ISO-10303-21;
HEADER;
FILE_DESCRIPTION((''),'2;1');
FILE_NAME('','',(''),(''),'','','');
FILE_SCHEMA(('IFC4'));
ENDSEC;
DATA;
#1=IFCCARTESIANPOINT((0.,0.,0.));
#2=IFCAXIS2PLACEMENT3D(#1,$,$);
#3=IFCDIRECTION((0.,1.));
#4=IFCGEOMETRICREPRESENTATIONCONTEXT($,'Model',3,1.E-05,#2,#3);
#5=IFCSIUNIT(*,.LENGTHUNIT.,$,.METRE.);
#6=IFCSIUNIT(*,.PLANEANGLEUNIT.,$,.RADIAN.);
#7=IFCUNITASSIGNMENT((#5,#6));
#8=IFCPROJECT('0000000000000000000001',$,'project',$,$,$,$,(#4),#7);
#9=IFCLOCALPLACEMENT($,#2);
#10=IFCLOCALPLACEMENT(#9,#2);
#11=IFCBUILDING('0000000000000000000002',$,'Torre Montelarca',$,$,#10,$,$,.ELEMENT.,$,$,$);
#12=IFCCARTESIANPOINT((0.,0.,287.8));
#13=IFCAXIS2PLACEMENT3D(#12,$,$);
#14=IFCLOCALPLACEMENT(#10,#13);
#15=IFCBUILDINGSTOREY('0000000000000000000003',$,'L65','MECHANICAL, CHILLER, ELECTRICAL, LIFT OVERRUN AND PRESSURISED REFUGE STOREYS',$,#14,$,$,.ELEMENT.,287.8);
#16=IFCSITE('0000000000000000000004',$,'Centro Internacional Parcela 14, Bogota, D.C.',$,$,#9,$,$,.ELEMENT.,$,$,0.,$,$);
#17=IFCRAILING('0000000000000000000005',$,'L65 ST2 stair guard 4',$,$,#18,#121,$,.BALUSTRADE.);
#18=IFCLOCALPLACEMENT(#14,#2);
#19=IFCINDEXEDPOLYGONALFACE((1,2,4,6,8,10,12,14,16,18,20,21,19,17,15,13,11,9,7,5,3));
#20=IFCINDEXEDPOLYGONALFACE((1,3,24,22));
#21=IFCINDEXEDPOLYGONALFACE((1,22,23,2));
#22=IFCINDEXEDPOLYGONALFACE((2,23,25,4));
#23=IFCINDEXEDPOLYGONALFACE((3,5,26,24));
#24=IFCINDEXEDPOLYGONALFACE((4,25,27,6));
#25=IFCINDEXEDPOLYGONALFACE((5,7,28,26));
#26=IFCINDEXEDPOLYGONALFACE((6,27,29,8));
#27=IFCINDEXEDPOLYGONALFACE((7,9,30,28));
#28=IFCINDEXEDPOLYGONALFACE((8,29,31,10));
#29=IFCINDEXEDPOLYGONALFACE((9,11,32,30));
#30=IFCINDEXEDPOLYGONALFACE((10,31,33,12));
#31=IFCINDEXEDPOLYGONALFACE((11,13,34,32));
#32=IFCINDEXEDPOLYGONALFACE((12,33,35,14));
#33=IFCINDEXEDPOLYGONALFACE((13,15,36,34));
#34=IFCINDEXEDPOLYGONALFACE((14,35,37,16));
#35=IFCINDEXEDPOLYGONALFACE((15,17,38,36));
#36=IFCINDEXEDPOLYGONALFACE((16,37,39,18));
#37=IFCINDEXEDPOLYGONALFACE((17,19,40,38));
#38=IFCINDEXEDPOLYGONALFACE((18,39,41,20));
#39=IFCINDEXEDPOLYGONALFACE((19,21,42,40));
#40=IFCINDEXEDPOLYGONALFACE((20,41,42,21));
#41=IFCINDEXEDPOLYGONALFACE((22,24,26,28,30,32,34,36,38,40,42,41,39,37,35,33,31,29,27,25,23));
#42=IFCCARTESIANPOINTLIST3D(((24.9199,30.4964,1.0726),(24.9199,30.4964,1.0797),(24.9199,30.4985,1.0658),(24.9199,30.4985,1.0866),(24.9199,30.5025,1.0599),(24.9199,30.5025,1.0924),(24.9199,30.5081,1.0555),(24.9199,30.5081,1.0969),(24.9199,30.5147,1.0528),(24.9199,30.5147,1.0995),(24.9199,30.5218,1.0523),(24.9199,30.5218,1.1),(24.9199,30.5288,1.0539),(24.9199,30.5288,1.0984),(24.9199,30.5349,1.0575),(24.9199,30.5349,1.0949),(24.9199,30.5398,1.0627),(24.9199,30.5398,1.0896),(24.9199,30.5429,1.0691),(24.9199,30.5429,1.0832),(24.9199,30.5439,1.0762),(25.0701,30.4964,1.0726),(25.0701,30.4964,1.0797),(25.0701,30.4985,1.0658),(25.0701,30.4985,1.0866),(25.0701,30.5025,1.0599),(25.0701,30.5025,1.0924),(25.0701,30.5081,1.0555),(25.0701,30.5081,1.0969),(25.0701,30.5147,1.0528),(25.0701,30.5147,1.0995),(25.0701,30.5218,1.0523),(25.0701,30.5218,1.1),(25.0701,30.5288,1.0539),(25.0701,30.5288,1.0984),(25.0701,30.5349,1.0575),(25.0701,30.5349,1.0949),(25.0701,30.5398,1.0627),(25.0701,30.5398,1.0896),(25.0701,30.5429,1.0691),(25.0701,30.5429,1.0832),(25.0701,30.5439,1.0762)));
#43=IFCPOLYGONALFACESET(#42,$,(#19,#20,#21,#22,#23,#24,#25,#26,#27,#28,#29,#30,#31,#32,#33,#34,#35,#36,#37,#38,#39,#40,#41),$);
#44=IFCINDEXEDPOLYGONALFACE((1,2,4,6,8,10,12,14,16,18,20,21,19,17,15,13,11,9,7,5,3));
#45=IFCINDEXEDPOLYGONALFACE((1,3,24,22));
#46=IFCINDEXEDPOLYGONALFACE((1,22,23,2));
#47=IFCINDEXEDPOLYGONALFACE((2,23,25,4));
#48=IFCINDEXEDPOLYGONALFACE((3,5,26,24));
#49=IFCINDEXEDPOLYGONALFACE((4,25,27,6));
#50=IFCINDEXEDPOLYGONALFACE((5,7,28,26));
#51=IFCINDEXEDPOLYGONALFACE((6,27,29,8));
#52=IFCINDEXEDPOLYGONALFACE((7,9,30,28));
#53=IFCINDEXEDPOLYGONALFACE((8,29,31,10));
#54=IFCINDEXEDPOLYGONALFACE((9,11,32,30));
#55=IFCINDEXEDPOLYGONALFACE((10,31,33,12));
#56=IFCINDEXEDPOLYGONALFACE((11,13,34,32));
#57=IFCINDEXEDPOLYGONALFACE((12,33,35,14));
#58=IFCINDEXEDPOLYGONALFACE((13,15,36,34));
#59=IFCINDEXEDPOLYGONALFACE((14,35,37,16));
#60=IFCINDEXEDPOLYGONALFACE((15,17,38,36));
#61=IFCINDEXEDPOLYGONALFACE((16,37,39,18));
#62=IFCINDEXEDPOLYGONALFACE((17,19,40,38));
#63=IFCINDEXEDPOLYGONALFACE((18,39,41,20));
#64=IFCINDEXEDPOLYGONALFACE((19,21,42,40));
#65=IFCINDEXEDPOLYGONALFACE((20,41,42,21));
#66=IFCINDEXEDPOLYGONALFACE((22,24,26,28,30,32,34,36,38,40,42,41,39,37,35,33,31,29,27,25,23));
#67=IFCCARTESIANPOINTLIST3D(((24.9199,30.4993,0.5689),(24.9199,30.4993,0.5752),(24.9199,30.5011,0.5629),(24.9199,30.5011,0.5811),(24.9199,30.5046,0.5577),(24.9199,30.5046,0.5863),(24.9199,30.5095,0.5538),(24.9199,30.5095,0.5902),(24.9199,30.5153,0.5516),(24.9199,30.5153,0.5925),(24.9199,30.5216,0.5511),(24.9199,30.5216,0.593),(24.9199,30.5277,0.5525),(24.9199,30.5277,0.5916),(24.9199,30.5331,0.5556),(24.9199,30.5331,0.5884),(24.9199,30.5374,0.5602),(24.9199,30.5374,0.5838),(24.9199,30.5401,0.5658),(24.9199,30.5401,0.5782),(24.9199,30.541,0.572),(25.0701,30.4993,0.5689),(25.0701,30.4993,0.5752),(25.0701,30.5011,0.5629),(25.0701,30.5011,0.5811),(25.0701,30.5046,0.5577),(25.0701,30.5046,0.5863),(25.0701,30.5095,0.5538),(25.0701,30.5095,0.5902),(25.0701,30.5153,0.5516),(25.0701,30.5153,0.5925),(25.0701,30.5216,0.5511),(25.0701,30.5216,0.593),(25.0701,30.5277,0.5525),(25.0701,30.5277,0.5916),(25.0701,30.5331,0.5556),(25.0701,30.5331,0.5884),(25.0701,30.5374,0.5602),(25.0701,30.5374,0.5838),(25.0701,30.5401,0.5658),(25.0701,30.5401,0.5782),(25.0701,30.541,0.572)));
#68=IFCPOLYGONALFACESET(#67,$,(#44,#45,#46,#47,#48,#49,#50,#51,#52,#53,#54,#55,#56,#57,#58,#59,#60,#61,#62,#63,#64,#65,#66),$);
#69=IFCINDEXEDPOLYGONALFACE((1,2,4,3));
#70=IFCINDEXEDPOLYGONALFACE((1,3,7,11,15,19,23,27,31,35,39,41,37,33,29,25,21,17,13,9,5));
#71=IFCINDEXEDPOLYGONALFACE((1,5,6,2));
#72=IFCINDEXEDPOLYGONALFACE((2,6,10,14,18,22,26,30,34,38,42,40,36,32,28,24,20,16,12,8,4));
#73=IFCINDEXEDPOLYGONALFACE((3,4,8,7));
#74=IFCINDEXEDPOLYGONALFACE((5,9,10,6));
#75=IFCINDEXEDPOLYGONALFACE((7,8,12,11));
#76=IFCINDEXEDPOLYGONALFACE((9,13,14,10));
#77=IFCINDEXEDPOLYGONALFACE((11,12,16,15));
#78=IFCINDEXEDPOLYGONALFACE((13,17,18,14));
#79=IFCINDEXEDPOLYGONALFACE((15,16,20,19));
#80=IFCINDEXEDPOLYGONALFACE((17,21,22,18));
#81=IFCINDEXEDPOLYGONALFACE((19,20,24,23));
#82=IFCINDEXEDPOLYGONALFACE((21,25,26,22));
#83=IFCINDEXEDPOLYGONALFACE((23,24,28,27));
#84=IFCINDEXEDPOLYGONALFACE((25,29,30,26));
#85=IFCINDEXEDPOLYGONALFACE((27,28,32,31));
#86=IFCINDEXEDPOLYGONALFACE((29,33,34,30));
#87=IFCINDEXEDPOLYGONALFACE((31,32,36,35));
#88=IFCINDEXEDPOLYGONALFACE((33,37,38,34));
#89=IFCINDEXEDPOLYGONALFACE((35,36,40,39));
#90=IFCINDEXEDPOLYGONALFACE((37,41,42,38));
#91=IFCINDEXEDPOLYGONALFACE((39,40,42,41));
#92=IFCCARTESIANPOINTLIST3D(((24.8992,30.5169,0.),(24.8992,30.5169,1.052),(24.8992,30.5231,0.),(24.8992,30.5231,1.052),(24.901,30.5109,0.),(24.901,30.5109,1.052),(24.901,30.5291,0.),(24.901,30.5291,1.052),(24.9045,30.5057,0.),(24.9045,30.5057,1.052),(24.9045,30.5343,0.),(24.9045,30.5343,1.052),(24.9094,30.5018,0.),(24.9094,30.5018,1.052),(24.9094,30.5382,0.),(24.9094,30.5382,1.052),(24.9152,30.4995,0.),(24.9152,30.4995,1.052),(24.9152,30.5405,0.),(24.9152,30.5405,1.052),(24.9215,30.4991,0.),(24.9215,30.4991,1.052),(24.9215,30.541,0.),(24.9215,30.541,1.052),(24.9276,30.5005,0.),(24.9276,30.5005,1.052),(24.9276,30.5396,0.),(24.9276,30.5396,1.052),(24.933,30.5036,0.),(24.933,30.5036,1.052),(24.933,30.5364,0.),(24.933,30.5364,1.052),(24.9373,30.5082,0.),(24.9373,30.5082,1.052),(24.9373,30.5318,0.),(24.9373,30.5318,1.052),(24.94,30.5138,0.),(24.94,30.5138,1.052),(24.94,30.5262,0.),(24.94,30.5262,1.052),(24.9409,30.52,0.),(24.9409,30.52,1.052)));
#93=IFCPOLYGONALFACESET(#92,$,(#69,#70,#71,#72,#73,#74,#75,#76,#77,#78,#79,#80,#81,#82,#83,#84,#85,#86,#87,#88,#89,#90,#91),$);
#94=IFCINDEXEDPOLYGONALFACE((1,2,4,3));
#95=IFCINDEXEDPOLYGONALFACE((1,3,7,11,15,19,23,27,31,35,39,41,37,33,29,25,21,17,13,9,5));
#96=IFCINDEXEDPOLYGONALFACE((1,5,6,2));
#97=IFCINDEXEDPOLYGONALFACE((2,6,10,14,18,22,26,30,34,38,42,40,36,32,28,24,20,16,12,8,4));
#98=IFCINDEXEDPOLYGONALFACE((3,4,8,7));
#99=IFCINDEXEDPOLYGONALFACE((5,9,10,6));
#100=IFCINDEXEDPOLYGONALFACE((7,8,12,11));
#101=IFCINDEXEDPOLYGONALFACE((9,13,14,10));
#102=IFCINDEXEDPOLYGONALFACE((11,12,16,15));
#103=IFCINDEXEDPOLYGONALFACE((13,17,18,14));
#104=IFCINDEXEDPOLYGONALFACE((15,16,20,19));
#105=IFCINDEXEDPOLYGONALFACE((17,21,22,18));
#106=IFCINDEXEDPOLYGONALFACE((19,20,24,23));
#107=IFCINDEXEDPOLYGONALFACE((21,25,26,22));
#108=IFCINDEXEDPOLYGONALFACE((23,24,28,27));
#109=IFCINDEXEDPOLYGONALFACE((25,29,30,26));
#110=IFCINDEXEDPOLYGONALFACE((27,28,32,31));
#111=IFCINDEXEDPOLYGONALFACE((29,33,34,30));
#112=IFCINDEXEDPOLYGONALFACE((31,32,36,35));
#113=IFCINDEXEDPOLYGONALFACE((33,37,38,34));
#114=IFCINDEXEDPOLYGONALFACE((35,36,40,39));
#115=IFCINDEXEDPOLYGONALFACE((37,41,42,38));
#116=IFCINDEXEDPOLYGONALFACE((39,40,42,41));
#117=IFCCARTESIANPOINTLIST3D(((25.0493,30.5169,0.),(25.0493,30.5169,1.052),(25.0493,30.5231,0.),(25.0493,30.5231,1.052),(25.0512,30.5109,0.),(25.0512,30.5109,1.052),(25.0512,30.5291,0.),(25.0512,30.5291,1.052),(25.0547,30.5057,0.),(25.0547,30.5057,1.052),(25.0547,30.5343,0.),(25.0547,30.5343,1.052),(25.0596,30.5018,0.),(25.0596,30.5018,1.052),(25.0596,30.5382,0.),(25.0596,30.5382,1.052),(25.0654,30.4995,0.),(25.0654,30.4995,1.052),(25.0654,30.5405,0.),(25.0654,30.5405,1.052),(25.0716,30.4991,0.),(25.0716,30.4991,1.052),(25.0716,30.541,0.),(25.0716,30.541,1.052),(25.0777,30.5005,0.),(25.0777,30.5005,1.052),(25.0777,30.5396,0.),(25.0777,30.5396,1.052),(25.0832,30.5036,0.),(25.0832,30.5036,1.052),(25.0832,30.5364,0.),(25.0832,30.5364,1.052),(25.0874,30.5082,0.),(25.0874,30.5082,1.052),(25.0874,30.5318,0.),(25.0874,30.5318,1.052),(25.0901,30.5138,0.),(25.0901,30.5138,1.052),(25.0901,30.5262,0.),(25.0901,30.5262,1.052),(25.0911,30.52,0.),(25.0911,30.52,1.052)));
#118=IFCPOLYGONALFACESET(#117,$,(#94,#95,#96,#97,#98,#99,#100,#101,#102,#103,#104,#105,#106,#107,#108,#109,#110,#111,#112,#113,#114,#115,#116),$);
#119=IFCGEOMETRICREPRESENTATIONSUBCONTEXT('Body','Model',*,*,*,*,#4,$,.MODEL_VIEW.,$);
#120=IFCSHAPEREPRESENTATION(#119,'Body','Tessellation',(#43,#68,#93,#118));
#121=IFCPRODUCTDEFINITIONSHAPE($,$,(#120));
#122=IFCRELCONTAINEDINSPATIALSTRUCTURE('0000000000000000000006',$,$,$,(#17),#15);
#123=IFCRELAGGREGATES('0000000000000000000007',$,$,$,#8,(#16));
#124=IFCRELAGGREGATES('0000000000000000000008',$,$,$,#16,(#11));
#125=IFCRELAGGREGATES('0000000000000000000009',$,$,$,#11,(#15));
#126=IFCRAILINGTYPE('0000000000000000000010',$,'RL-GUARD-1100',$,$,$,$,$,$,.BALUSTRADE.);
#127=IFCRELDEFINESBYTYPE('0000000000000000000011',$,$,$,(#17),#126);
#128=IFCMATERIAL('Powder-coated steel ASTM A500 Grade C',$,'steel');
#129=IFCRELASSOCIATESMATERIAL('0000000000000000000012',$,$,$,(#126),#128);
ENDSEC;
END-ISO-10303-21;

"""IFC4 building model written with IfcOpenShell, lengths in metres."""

from ifc_helpers import new_model, si_unit, direction, frame, origin, origin_2d, place, context, subcontext, project, spatial, circle, extrude, material, type_object, element, save


model = new_model("IFC4")

# Units and contexts
model_context = context("Model", 3, precision=1e-05, world=origin(), true_north=direction((0.0, 1.0)))
body_context = subcontext(model_context, "Body", "Model", "MODEL_VIEW")
ifc_project = project(units=[si_unit("LENGTHUNIT", "METRE"), si_unit("PLANEANGLEUNIT", "RADIAN")], contexts=[model_context])

# Site, building, storey
site_placement = place(None, origin())
site = spatial("IfcSite", under=ifc_project, at=site_placement, Name="Centro Internacional Parcela 14, Bogota, D.C.", CompositionType="ELEMENT", RefElevation=0.0)
building_placement = place(site_placement, origin())
building = spatial("IfcBuilding", under=site, at=building_placement, Name="Torre Montelarca", CompositionType="ELEMENT")
storey_placement = place(building_placement, frame((0.0, 0.0, 287.8)))
storey = spatial("IfcBuildingStorey", under=building, at=storey_placement, Name="L65", Description="MECHANICAL, CHILLER, ELECTRICAL, LIFT OVERRUN AND PRESSURISED REFUGE STOREYS", CompositionType="ELEMENT", Elevation=287.8)

# Railing
ifc_material_1 = material(Name="Powder-coated steel ASTM A500 Grade C", Category="steel")
railing_type_1 = type_object("IfcRailingType", Name="RL-GUARD-1100", PredefinedType="BALUSTRADE", material=ifc_material_1)
railing_1_placement = place(storey_placement, frame((24.9199, 30.52, 0.0)))
element("IfcRailing", 1, at=railing_1_placement, inside=storey, type_object=railing_type_1, Name="L65 ST2 stair guard 4", PredefinedType="BALUSTRADE", context=body_context, shape_type="SweptSolid", body=[
    extrude(circle(Radius=0.0239, at=origin_2d()), frame((0.0, 0.0, 1.0762), z_axis=(1.0, 0.0, 0.0), x_axis=(0.0, 1.0, 0.0)), (0.0, 0.0, 1.0), 0.1501),
    extrude(circle(Radius=0.021, at=origin_2d()), frame((0.0, 0.0, 0.572), z_axis=(1.0, 0.0, 0.0), x_axis=(0.0, 1.0, 0.0)), (0.0, 0.0, 1.0), 0.1501),
    extrude(circle(Radius=0.021, at=origin_2d()), origin(), (0.0, 0.0, 1.0), 1.052),
    extrude(circle(Radius=0.021, at=origin_2d()), frame((0.1501, 0.0, 0.0)), (0.0, 0.0, 1.0), 1.052),
])

save(model, "model.ifc")
